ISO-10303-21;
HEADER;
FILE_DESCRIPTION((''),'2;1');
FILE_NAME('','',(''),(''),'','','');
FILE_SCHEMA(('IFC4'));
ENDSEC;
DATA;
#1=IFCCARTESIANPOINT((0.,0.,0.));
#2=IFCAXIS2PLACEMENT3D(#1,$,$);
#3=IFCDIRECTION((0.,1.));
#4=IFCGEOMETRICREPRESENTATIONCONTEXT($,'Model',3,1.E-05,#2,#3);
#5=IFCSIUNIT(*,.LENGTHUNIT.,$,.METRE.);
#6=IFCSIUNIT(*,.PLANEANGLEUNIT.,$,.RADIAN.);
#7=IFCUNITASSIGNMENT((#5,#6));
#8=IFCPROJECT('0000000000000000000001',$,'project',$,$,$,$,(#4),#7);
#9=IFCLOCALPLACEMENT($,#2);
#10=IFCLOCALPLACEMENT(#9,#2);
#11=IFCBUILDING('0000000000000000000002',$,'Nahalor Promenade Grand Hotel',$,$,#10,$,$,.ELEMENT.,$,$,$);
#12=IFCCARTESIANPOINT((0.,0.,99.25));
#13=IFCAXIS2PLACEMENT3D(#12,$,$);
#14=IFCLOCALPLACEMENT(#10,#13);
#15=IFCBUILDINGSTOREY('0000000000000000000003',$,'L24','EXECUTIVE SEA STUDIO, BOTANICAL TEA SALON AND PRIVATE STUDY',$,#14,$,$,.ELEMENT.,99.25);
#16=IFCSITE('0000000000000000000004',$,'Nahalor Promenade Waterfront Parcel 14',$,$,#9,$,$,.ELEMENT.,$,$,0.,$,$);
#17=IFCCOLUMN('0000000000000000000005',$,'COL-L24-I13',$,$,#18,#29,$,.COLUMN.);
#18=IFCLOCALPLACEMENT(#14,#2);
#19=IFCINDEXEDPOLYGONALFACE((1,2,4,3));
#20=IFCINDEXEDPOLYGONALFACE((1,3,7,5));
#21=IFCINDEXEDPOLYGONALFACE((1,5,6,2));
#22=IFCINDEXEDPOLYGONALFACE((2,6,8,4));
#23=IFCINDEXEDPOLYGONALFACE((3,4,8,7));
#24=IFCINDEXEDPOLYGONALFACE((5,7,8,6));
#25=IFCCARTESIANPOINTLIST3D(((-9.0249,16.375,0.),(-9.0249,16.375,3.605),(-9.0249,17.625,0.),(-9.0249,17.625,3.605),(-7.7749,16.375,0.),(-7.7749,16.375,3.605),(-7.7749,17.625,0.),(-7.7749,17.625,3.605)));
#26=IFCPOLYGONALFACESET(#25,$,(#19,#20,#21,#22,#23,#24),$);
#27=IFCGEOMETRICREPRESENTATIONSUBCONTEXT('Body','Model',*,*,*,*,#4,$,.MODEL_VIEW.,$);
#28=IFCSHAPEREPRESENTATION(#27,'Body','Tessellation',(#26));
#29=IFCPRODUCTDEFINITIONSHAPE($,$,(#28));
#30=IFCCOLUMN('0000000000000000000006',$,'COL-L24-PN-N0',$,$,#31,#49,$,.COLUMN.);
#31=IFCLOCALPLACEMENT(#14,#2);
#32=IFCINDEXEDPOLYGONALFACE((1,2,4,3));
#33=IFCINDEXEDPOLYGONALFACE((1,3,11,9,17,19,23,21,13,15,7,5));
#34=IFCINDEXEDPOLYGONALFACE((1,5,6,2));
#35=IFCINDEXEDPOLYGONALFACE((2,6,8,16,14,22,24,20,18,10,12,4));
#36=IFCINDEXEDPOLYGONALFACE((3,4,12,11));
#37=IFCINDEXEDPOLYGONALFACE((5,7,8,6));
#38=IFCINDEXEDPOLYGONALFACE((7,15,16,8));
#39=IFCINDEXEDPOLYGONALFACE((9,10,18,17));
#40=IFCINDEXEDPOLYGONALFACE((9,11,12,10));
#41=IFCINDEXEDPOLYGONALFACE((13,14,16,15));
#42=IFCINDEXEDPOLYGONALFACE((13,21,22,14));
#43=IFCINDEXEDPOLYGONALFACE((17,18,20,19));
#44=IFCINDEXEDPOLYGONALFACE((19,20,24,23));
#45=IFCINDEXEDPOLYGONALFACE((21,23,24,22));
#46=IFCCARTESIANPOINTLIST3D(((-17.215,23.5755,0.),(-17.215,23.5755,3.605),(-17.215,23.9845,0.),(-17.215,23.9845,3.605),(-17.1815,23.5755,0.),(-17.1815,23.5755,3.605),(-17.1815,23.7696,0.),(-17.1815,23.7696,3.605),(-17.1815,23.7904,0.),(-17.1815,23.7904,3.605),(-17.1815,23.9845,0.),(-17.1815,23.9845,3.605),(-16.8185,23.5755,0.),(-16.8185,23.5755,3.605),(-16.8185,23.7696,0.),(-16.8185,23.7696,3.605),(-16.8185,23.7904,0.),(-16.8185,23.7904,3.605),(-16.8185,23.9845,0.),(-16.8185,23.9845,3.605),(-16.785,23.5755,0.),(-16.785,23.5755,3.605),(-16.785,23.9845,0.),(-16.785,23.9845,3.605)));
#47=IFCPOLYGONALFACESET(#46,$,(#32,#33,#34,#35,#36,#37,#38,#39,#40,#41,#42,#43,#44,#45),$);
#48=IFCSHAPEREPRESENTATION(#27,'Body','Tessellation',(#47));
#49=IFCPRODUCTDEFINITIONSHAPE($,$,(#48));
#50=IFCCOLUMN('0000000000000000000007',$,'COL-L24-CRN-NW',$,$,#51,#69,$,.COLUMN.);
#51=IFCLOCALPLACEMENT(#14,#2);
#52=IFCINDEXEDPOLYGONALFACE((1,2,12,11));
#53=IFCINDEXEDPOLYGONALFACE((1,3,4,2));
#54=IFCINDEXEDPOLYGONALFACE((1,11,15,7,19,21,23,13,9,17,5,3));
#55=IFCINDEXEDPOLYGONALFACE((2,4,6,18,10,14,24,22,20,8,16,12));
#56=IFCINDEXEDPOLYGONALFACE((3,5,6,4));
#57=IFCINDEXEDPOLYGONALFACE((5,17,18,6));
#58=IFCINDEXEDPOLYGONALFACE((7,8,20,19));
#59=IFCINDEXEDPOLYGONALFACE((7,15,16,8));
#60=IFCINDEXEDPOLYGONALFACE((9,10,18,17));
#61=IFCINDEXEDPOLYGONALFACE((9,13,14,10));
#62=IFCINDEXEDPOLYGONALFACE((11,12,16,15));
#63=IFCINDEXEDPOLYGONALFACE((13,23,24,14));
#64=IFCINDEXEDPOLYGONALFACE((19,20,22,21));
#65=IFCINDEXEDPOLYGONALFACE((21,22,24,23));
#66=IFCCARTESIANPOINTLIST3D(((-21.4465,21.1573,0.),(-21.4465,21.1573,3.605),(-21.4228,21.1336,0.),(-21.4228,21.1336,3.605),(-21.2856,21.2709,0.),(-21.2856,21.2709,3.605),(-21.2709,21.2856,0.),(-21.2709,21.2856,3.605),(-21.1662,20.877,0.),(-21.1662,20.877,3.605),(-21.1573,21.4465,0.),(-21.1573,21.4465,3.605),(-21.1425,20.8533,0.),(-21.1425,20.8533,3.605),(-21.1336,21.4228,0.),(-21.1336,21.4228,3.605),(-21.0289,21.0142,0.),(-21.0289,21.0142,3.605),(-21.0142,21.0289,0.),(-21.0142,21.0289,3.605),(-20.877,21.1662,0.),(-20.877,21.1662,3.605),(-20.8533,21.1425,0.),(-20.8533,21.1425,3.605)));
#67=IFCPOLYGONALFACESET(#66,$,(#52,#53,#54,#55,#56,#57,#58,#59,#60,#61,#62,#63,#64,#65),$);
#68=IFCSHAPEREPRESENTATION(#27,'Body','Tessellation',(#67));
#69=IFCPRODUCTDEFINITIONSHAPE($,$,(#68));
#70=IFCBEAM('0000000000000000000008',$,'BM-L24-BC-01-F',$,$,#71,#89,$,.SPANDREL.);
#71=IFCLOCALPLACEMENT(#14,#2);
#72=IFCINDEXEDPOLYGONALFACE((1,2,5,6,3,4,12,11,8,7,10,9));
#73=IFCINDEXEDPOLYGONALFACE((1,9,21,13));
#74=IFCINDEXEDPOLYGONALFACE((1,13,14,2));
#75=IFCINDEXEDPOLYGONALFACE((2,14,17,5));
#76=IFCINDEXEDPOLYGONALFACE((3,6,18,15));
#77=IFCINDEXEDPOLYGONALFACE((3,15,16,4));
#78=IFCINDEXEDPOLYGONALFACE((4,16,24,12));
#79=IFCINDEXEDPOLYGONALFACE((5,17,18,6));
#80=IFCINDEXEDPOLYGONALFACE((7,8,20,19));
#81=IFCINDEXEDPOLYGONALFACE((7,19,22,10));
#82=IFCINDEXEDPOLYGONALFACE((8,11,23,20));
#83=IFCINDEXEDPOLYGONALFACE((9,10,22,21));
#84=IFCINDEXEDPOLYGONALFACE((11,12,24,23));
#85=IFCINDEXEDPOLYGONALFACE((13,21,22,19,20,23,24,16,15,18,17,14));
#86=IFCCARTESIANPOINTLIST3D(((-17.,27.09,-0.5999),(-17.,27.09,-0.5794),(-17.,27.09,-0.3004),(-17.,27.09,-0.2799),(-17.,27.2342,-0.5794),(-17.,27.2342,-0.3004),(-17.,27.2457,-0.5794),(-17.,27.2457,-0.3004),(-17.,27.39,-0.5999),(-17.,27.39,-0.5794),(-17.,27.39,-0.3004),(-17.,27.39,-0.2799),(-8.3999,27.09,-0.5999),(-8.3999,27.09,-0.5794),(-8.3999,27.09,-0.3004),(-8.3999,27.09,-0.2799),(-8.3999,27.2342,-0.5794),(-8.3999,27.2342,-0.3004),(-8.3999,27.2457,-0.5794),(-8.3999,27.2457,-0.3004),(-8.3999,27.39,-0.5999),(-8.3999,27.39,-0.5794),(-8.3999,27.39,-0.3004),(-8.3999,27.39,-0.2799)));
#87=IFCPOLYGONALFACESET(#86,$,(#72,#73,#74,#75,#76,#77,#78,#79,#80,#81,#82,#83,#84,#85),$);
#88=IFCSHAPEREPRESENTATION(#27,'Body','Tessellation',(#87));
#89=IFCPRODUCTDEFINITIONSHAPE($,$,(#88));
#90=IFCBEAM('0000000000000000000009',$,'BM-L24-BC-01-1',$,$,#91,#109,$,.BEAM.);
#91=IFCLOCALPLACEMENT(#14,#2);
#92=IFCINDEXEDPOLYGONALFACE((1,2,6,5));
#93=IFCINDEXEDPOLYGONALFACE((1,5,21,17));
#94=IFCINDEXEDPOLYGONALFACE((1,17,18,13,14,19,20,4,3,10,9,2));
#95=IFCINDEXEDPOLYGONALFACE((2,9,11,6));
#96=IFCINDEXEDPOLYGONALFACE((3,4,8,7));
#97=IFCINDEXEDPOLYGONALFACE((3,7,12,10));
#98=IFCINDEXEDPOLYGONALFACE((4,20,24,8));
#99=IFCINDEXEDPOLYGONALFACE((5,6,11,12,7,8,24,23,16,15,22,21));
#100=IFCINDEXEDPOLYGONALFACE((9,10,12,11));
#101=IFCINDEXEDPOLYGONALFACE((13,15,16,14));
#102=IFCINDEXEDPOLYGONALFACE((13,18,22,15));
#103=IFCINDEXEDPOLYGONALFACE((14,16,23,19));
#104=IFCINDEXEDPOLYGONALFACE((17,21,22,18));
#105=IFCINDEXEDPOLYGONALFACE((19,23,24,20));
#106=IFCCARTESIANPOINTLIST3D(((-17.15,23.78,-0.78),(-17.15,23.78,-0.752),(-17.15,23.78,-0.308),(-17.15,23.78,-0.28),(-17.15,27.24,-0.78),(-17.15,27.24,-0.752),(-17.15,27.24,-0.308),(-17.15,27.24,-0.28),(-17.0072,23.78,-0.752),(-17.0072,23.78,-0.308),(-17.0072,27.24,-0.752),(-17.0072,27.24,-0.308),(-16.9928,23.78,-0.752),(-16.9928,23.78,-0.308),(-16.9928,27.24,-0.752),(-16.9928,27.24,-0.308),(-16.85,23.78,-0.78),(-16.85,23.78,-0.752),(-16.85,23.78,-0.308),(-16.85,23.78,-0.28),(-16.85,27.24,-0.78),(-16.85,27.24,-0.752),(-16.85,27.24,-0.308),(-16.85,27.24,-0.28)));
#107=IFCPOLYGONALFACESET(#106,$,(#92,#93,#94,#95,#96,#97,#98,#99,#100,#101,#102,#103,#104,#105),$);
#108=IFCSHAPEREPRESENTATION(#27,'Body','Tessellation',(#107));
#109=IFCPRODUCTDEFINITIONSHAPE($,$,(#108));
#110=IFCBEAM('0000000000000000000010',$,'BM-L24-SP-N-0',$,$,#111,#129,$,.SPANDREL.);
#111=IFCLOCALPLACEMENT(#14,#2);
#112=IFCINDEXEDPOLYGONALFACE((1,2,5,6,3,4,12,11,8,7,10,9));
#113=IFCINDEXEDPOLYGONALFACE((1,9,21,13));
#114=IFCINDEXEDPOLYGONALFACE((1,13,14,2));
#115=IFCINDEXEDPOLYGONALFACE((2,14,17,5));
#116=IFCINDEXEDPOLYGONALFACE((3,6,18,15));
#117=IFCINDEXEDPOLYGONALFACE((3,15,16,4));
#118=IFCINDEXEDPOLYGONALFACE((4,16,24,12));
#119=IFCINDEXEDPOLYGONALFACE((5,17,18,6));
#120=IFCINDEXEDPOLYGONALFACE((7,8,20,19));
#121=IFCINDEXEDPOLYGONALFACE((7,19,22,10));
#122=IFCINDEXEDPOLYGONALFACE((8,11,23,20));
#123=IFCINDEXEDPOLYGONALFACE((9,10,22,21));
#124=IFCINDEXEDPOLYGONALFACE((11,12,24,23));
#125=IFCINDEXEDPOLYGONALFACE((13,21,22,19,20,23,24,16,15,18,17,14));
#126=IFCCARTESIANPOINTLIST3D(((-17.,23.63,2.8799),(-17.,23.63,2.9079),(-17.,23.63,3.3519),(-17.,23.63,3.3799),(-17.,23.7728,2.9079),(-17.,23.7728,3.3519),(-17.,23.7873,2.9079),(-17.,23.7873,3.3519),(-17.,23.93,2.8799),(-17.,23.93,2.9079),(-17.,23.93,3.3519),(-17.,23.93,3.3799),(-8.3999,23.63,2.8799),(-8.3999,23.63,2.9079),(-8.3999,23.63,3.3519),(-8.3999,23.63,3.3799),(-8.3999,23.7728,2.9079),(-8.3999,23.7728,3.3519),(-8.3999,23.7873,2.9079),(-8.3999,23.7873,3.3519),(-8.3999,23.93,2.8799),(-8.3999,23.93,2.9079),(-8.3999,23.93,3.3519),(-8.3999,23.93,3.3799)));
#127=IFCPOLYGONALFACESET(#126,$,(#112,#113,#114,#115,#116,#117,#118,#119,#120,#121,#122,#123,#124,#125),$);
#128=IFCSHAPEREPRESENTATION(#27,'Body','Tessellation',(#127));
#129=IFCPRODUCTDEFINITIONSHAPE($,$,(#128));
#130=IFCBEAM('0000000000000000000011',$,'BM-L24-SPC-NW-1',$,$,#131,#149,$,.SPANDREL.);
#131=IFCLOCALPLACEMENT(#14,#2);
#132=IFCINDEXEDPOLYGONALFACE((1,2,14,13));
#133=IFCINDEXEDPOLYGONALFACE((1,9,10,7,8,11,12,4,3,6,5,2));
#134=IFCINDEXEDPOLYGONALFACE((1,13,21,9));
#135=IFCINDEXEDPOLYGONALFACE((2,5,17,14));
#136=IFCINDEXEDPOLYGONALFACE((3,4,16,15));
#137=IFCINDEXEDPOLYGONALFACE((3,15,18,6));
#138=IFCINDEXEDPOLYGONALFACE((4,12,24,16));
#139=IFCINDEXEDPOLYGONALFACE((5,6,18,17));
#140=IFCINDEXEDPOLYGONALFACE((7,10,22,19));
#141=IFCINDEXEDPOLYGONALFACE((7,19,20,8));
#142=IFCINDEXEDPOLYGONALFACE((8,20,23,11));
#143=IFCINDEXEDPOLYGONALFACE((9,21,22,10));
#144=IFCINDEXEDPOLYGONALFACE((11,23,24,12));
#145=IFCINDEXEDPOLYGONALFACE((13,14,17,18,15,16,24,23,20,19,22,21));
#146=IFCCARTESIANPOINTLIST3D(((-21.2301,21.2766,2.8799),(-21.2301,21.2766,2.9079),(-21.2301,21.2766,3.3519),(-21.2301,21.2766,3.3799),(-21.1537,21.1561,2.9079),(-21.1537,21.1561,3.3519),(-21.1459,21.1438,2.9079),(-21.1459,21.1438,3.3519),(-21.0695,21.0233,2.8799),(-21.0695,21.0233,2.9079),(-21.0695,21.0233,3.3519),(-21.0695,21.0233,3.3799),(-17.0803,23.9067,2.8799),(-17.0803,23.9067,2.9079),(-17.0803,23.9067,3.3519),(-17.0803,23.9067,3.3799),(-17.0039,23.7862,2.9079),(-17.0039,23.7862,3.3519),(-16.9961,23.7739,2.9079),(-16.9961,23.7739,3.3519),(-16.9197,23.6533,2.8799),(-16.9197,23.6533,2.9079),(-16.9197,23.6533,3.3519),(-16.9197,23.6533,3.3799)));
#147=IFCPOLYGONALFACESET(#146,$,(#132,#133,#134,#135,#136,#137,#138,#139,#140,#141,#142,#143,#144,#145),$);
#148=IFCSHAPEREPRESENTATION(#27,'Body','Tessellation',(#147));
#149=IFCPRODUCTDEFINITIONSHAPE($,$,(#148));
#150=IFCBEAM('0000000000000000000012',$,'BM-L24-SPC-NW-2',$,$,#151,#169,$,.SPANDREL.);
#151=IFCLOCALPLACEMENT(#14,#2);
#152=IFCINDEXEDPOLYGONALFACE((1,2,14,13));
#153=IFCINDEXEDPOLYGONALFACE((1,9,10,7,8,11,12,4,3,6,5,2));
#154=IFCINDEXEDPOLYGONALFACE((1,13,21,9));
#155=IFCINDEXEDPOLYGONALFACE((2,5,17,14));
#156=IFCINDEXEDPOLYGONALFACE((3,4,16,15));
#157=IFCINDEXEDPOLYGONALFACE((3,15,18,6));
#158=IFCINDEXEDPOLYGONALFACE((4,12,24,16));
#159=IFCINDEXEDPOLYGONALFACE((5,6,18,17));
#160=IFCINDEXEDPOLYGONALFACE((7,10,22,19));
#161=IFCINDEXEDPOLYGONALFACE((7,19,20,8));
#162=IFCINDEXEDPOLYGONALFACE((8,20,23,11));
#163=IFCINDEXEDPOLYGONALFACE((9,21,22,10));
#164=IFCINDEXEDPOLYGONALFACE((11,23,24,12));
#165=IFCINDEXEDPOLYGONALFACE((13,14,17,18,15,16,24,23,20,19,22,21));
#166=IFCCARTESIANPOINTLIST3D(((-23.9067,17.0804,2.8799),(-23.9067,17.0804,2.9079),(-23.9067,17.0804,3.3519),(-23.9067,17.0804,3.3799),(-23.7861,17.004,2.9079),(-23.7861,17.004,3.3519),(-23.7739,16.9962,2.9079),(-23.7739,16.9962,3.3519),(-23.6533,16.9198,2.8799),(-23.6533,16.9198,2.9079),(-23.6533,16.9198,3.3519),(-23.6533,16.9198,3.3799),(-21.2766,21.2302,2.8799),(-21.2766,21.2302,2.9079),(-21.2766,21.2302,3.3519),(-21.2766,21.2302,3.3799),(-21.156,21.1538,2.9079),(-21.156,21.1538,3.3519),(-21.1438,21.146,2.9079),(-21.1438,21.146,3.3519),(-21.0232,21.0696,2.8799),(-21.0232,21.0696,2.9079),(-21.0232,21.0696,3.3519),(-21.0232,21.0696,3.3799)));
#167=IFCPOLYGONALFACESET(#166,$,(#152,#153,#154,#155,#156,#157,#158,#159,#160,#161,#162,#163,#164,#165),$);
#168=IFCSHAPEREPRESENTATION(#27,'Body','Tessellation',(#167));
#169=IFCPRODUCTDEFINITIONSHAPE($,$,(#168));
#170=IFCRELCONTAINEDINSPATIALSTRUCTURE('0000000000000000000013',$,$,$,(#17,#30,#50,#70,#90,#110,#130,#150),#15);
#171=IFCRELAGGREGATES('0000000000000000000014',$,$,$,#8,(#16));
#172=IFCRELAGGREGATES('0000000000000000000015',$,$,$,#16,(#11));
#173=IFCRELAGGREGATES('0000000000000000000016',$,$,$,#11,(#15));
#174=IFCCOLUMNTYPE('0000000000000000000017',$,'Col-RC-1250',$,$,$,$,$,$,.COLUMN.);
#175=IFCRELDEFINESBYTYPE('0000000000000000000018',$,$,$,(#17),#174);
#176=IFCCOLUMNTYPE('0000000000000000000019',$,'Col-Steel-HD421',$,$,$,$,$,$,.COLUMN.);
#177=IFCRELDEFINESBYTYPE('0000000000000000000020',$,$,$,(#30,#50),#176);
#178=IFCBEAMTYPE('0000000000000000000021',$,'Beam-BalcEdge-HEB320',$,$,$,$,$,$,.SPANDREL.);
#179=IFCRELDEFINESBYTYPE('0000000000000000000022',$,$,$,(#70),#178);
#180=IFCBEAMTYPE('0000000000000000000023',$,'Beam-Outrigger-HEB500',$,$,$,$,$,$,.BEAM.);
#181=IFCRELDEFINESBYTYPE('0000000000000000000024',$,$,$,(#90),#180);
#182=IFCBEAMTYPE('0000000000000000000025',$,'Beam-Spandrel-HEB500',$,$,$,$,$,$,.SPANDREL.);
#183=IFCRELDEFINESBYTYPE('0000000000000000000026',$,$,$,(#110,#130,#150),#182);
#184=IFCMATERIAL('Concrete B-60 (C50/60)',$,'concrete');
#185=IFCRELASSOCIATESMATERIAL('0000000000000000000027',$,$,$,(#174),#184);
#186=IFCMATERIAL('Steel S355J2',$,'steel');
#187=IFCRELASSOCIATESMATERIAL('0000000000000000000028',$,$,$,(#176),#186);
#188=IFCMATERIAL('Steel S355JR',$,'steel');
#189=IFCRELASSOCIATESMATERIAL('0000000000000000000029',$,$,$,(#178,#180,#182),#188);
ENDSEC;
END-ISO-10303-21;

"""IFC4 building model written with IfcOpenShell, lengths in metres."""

from ifc_helpers import new_model, si_unit, direction, frame, origin, origin_2d, place, context, subcontext, project, spatial, rectangle, i_section, extrude, source, transform, mapped, material, material_profile, profile_set, type_object, element, save


model = new_model("IFC4")

# Units and contexts
model_context = context("Model", 3, precision=1e-05, world=origin(), true_north=direction((0.0, 1.0)))
body_context = subcontext(model_context, "Body", "Model", "MODEL_VIEW")
ifc_project = project(units=[si_unit("LENGTHUNIT", "METRE"), si_unit("PLANEANGLEUNIT", "RADIAN")], contexts=[model_context])

# Site, building, storey
site_placement = place(None, origin())
site = spatial("IfcSite", under=ifc_project, at=site_placement, Name="Nahalor Promenade Waterfront Parcel 14", CompositionType="ELEMENT", RefElevation=0.0)
building_placement = place(site_placement, origin())
building = spatial("IfcBuilding", under=site, at=building_placement, Name="Nahalor Promenade Grand Hotel", CompositionType="ELEMENT")
storey_placement = place(building_placement, frame((0.0, 0.0, 99.25)))
storey = spatial("IfcBuildingStorey", under=building, at=storey_placement, Name="L24", Description="EXECUTIVE SEA STUDIO, BOTANICAL TEA SALON AND PRIVATE STUDY", CompositionType="ELEMENT", Elevation=99.25)

# Columns
ifc_material_1 = material(Name="Concrete B-60 (C50/60)", Category="concrete")
ifc_material_profile_1 = material_profile(ifc_material_1, rectangle(XDim=1.25, YDim=1.25, at=origin_2d()), Name="RC 1250x1250")
ifc_profile_set_1 = profile_set([ifc_material_profile_1], Name="Concrete B-60 (C50/60)")
column_type_1 = type_object("IfcColumnType", Name="Col-RC-1250", PredefinedType="COLUMN", material=ifc_profile_set_1)
shared_shape_1 = source(origin(), body_context, "Body", "SweptSolid", [
    extrude(rectangle(XDim=1.25, YDim=1.25, at=origin_2d()), origin(), (0.0, 0.0, 1.0), 3.605),
])
column_placement = place(storey_placement, frame((-8.3999, 17.0, 0.0), z_axis=(0.0, 0.0, 1.0), x_axis=(1.0, 0.0, 0.0)))
element("IfcColumn", 1, at=column_placement, inside=storey, type_object=column_type_1, Name="COL-L24-I13", PredefinedType="COLUMN", context=body_context, shape_type="MappedRepresentation", body=[
    mapped(shared_shape_1, transform((0.0, 0.0, 0.0), scale=1.0)),
])
ifc_material_2 = material(Name="Steel S355J2", Category="steel")
ifc_material_profile_2 = material_profile(ifc_material_2, i_section(OverallWidth=0.409, OverallDepth=0.43, WebThickness=0.0208, FlangeThickness=0.0335, at=origin_2d()), Name="HD 400x421")
ifc_profile_set_2 = profile_set([ifc_material_profile_2], Name="Steel S355J2")
column_type_2 = type_object("IfcColumnType", Name="Col-Steel-HD421", PredefinedType="COLUMN", material=ifc_profile_set_2)
shared_shape_2 = source(origin(), body_context, "Body", "SweptSolid", [
    extrude(i_section(OverallWidth=0.409, OverallDepth=0.43, WebThickness=0.0208, FlangeThickness=0.0335, at=origin_2d()), origin(), (0.0, 0.0, 1.0), 3.605),
])
for number, where, z_axis, x_axis, name in (
    (2, (-17.0, 23.78, 0.0), (0.0, 0.0, 1.0), (0.0, 1.0, 0.0), "COL-L24-PN-N0"),
    (3, (-21.1499, 21.1499, 0.0), (0.0, 0.0, 1.0), (0.707107, 0.707107, 0.0), "COL-L24-CRN-NW"),
):
    element("IfcColumn", number, at=place(storey_placement, frame(where, z_axis=z_axis, x_axis=x_axis)), inside=storey, type_object=column_type_2, Name=name, PredefinedType="COLUMN", context=body_context, shape_type="MappedRepresentation", body=[
        mapped(shared_shape_2, transform((0.0, 0.0, 0.0), scale=1.0)),
    ])

# Beams
ifc_material_3 = material(Name="Steel S355JR", Category="steel")
ifc_material_profile_3 = material_profile(ifc_material_3, i_section(OverallWidth=0.3, OverallDepth=0.32, WebThickness=0.0115, FlangeThickness=0.0205, at=origin_2d()), Name="HEB 320")
ifc_profile_set_3 = profile_set([ifc_material_profile_3], Name="Steel S355JR")
beam_type_1 = type_object("IfcBeamType", Name="Beam-BalcEdge-HEB320", PredefinedType="SPANDREL", material=ifc_profile_set_3)
shared_shape_3 = source(origin(), body_context, "Body", "SweptSolid", [
    extrude(i_section(OverallWidth=0.3, OverallDepth=0.32, WebThickness=0.0115, FlangeThickness=0.0205, at=origin_2d()), origin(), (0.0, 0.0, 1.0), 8.6001),
])
beam_1_placement = place(storey_placement, frame((-17.0, 27.24, -0.4399), z_axis=(1.0, 0.0, 0.0), x_axis=(0.0, 1.0, 0.0)))
element("IfcBeam", 4, at=beam_1_placement, inside=storey, type_object=beam_type_1, Name="BM-L24-BC-01-F", PredefinedType="SPANDREL", context=body_context, shape_type="MappedRepresentation", body=[
    mapped(shared_shape_3, transform((0.0, 0.0, 0.0), scale=1.0)),
])
ifc_material_profile_4 = material_profile(ifc_material_3, i_section(OverallWidth=0.3, OverallDepth=0.5, WebThickness=0.0145, FlangeThickness=0.028, at=origin_2d()), Name="HEB 500")
ifc_profile_set_4 = profile_set([ifc_material_profile_4], Name="Steel S355JR")
beam_type_2 = type_object("IfcBeamType", Name="Beam-Outrigger-HEB500", PredefinedType="BEAM", material=ifc_profile_set_4)
shared_shape_4 = source(origin(), body_context, "Body", "SweptSolid", [
    extrude(i_section(OverallWidth=0.3, OverallDepth=0.5, WebThickness=0.0145, FlangeThickness=0.028, at=origin_2d()), origin(), (0.0, 0.0, 1.0), 3.46),
])
beam_2_placement = place(storey_placement, frame((-17.0, 23.78, -0.53), z_axis=(0.0, 1.0, 0.0), x_axis=(-1.0, 0.0, 0.0)))
element("IfcBeam", 5, at=beam_2_placement, inside=storey, type_object=beam_type_2, Name="BM-L24-BC-01-1", PredefinedType="BEAM", context=body_context, shape_type="MappedRepresentation", body=[
    mapped(shared_shape_4, transform((0.0, 0.0, 0.0), scale=1.0)),
])
ifc_material_profile_5 = material_profile(ifc_material_3, i_section(OverallWidth=0.3, OverallDepth=0.5, WebThickness=0.0145, FlangeThickness=0.028, at=origin_2d()), Name="HEB 500")
ifc_profile_set_5 = profile_set([ifc_material_profile_5], Name="Steel S355JR")
beam_type_3 = type_object("IfcBeamType", Name="Beam-Spandrel-HEB500", PredefinedType="SPANDREL", material=ifc_profile_set_5)
shared_shape_5 = source(origin(), body_context, "Body", "SweptSolid", [
    extrude(i_section(OverallWidth=0.3, OverallDepth=0.5, WebThickness=0.0145, FlangeThickness=0.028, at=origin_2d()), origin(), (0.0, 0.0, 1.0), 8.6001),
])
beam_3_placement = place(storey_placement, frame((-17.0, 23.78, 3.1299), z_axis=(1.0, 0.0, 0.0), x_axis=(0.0, 1.0, 0.0)))
element("IfcBeam", 6, at=beam_3_placement, inside=storey, type_object=beam_type_3, Name="BM-L24-SP-N-0", PredefinedType="SPANDREL", context=body_context, shape_type="MappedRepresentation", body=[
    mapped(shared_shape_5, transform((0.0, 0.0, 0.0), scale=1.0)),
])
shared_shape_6 = source(origin(), body_context, "Body", "SweptSolid", [
    extrude(i_section(OverallWidth=0.3, OverallDepth=0.5, WebThickness=0.0145, FlangeThickness=0.028, at=origin_2d()), origin(), (0.0, 0.0, 1.0), 4.9131),
])
for number, where, z_axis, x_axis, name in (
    (7, (-17.0, 23.78, 3.1299), (-0.844648, -0.535322, 0.0), (0.535322, -0.844648, 0.0), "BM-L24-SPC-NW-1"),
    (8, (-21.1499, 21.1499, 3.1299), (-0.535322, -0.844648, 0.0), (0.844648, -0.535322, 0.0), "BM-L24-SPC-NW-2"),
):
    element("IfcBeam", number, at=place(storey_placement, frame(where, z_axis=z_axis, x_axis=x_axis)), inside=storey, type_object=beam_type_3, Name=name, PredefinedType="SPANDREL", context=body_context, shape_type="MappedRepresentation", body=[
        mapped(shared_shape_6, transform((0.0, 0.0, 0.0), scale=1.0)),
    ])

save(model, "model.ifc")
